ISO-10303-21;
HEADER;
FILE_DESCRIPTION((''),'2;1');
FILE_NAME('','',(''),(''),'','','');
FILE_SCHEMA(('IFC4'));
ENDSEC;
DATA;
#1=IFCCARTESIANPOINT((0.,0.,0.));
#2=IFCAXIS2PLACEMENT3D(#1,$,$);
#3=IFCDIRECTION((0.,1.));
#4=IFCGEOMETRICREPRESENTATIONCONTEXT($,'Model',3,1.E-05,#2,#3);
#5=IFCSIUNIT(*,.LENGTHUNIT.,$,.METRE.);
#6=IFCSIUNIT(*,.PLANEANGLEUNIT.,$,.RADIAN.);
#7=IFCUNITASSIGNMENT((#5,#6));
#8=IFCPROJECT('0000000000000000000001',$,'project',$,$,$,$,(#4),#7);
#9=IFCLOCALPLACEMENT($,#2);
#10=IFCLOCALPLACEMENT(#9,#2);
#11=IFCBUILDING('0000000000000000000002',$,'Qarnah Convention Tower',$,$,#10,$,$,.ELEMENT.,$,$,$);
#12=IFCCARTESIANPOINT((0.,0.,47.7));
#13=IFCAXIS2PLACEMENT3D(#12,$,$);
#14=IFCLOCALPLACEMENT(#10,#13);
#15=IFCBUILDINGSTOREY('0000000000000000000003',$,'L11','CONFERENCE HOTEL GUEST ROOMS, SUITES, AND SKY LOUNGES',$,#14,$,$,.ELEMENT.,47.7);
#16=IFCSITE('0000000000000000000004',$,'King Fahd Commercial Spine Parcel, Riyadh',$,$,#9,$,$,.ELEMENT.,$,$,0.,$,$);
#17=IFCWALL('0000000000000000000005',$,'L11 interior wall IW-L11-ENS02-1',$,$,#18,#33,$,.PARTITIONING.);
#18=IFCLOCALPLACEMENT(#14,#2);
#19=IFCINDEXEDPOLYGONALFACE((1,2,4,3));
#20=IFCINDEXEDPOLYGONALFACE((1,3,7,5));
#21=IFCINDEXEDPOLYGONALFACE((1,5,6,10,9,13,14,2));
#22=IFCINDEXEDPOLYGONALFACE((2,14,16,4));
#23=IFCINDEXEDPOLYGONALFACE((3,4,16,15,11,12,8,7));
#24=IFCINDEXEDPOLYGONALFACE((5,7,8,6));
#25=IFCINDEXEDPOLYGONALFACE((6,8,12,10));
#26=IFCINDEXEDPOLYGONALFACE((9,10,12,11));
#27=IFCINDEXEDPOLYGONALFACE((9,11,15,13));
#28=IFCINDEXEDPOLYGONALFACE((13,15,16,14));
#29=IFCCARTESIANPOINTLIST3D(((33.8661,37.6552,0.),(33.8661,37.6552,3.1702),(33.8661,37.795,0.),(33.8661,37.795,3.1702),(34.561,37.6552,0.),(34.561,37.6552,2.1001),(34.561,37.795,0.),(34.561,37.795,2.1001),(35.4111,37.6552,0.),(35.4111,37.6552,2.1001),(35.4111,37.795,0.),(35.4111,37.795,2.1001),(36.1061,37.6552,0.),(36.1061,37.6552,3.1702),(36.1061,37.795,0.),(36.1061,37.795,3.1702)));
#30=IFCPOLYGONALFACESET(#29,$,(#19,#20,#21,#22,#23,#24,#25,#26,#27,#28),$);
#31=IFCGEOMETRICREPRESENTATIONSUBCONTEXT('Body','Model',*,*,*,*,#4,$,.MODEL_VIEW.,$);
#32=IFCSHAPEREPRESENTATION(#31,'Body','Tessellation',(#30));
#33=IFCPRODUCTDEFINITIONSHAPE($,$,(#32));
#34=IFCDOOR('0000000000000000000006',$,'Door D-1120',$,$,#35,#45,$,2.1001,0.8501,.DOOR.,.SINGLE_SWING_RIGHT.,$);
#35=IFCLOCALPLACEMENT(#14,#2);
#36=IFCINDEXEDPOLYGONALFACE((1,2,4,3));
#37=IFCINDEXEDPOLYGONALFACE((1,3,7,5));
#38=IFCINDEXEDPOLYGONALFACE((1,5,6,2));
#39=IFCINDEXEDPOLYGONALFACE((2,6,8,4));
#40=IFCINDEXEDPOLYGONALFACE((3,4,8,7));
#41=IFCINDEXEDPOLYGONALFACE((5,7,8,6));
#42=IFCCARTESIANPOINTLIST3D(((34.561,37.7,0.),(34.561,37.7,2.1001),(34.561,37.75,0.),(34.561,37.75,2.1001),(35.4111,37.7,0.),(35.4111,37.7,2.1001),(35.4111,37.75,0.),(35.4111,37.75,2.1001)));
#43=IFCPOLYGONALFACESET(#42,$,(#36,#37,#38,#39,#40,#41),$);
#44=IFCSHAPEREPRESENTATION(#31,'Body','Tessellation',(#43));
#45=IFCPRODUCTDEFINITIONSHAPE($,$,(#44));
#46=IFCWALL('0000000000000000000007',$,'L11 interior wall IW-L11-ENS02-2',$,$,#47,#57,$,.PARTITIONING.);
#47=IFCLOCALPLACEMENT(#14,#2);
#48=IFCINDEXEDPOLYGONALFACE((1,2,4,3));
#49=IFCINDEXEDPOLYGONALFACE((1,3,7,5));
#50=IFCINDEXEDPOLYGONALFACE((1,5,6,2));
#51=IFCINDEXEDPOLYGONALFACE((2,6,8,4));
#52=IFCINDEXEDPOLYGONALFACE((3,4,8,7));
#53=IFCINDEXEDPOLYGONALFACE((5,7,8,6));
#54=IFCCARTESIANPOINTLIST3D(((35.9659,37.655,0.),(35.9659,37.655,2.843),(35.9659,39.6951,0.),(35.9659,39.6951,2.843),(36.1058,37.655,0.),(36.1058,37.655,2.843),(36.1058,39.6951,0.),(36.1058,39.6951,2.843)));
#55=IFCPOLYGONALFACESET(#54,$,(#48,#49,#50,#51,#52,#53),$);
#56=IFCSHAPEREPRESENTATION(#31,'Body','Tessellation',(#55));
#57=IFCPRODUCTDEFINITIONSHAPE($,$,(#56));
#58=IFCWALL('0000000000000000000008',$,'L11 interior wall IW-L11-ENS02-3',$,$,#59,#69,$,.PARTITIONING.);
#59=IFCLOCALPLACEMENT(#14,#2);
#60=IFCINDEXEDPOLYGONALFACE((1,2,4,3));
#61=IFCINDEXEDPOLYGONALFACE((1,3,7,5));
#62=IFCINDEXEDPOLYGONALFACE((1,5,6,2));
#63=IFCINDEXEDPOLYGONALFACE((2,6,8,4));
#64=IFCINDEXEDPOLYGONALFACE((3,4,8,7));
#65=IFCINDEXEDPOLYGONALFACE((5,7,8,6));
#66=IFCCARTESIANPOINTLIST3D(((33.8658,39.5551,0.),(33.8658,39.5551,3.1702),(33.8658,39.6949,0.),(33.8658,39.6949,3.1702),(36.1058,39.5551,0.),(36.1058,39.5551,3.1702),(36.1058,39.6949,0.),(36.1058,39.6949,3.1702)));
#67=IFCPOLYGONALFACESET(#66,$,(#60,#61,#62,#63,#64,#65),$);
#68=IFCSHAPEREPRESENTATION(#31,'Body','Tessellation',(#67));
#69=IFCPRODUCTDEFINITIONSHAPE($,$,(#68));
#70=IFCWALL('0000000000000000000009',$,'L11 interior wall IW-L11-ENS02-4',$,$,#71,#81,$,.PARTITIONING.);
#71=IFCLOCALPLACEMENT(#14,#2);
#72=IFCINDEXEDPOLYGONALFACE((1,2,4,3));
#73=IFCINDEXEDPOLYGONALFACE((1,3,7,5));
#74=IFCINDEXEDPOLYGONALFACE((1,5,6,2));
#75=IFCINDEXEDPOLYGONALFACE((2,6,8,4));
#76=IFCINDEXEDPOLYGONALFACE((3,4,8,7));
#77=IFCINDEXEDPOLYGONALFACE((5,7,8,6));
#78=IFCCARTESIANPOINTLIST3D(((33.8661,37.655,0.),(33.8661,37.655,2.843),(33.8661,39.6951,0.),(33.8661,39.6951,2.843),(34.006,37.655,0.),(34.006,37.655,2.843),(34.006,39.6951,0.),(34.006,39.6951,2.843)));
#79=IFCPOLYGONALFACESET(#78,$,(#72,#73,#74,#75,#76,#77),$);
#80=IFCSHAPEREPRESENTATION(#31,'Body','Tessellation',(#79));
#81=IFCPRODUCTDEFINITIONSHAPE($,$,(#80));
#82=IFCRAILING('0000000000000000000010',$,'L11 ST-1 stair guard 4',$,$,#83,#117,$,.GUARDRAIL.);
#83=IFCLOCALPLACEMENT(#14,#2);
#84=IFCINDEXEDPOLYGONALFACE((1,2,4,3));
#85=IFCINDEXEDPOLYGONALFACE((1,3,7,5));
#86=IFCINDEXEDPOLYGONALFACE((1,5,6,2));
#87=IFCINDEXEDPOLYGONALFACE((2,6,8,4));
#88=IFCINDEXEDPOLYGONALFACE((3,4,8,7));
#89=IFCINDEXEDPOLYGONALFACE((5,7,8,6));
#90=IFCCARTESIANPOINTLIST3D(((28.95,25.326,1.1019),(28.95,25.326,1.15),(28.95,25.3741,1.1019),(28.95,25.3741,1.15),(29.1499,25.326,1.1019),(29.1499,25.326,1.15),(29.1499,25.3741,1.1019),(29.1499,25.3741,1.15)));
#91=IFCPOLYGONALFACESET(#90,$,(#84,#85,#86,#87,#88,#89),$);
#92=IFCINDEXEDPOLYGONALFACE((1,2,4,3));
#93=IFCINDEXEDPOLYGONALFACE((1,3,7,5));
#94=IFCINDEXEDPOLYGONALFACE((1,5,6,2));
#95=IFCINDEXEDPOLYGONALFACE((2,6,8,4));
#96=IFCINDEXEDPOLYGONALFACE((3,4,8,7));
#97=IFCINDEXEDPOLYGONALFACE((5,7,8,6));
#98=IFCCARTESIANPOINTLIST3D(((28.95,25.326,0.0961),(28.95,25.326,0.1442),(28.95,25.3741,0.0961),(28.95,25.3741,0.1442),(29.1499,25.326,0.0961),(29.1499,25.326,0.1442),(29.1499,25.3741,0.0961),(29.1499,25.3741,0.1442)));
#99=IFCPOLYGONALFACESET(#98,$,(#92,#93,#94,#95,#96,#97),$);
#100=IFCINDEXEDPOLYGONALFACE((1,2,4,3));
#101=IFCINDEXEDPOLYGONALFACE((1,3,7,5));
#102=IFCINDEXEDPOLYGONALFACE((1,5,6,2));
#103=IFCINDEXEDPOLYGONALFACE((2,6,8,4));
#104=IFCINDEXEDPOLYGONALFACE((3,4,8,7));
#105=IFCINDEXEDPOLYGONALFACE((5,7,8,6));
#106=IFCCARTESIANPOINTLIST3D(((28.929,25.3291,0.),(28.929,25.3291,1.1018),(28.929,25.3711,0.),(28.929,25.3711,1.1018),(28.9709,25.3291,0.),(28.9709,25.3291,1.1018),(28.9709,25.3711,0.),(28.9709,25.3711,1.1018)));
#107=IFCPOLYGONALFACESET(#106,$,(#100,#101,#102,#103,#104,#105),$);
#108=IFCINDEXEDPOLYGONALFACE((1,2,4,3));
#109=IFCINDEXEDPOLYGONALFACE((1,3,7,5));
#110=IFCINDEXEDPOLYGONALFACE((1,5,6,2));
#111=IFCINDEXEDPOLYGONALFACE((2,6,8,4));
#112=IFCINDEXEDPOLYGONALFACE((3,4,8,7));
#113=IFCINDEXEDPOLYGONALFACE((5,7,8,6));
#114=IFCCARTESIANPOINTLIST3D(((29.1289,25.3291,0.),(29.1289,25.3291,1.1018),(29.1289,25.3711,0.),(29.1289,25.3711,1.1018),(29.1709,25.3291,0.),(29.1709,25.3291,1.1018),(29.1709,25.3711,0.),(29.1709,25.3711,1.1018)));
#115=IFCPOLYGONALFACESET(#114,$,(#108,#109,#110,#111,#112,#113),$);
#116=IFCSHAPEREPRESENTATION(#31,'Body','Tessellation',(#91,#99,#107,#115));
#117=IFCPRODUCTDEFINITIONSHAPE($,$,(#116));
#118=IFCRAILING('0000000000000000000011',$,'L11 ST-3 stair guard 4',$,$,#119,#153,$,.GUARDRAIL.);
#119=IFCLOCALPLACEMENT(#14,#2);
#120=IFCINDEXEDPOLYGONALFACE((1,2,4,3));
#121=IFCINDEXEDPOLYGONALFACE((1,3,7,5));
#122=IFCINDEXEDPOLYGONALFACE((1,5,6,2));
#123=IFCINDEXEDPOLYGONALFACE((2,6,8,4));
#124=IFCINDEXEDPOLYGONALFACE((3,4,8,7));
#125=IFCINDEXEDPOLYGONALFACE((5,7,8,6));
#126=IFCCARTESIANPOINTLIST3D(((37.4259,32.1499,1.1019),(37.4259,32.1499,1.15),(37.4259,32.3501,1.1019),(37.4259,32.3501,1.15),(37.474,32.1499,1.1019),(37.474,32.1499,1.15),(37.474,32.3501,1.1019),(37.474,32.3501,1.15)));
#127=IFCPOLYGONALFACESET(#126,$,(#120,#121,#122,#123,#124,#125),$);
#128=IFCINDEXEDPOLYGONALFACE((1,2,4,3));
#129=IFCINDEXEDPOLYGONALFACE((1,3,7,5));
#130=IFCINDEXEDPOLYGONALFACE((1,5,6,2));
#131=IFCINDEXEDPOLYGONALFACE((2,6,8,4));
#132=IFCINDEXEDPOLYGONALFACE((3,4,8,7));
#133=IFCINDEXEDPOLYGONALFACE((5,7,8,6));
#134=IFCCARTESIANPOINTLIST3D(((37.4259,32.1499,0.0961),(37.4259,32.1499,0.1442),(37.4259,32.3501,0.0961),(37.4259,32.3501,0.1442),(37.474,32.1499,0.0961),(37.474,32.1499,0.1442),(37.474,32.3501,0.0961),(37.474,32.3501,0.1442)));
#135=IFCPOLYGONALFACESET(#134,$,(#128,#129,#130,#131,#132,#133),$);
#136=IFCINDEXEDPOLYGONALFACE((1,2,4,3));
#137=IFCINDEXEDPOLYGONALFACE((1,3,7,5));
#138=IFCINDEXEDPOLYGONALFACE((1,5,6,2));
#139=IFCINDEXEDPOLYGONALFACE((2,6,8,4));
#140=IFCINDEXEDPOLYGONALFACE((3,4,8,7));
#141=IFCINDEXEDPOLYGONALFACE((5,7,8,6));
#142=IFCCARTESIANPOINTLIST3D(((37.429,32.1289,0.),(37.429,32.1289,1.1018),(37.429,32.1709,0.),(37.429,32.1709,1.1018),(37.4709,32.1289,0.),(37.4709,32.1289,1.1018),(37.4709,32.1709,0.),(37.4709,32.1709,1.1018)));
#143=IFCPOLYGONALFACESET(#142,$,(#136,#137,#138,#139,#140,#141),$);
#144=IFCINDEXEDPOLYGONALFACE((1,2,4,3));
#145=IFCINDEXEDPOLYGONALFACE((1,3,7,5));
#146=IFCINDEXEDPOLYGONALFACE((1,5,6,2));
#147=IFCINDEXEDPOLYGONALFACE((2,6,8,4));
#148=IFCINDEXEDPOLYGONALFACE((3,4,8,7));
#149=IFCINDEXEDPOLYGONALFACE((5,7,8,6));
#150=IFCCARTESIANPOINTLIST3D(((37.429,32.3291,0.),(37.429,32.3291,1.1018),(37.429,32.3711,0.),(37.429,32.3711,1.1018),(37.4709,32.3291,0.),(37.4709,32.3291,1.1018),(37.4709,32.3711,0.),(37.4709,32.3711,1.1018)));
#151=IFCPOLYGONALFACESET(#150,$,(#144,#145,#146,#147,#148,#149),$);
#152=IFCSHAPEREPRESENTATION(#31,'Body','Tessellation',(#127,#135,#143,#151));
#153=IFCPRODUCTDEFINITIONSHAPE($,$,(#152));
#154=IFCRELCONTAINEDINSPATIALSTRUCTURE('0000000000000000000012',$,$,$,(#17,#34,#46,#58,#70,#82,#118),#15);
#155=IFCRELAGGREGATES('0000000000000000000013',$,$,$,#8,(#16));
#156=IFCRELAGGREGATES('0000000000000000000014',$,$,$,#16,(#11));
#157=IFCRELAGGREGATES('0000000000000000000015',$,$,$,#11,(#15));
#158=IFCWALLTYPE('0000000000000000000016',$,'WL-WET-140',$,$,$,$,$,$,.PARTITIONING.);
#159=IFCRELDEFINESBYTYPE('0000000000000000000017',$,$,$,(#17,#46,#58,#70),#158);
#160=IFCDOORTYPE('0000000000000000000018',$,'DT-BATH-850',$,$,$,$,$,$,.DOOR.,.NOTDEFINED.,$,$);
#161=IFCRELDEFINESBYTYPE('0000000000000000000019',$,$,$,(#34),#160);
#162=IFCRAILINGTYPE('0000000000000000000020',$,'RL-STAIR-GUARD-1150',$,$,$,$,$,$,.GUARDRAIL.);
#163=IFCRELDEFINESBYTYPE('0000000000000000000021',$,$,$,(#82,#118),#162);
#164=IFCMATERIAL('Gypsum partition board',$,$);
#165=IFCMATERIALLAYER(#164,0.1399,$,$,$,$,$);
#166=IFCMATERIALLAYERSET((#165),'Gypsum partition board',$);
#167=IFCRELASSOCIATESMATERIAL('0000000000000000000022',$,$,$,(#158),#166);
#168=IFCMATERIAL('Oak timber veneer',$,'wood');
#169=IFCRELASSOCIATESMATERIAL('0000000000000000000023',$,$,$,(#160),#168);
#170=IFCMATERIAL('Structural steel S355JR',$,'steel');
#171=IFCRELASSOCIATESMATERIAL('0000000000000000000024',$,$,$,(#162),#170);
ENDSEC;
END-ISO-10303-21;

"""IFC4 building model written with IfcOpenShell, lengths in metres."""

from ifc_helpers import new_model, si_unit, direction, frame, frame_2d, origin, origin_2d, place, context, subcontext, project, spatial, rectangle, extrude, material, layer, layer_set, type_object, element, fill, save


model = new_model("IFC4")

# Units and contexts
model_context = context("Model", 3, precision=1e-05, world=origin(), true_north=direction((0.0, 1.0)))
body_context = subcontext(model_context, "Body", "Model", "MODEL_VIEW")
ifc_project = project(units=[si_unit("LENGTHUNIT", "METRE"), si_unit("PLANEANGLEUNIT", "RADIAN")], contexts=[model_context])

# Site, building, storey
site_placement = place(None, origin())
site = spatial("IfcSite", under=ifc_project, at=site_placement, Name="King Fahd Commercial Spine Parcel, Riyadh", CompositionType="ELEMENT", RefElevation=0.0)
building_placement = place(site_placement, origin())
building = spatial("IfcBuilding", under=site, at=building_placement, Name="Qarnah Convention Tower", CompositionType="ELEMENT")
storey_placement = place(building_placement, frame((0.0, 0.0, 47.7)))
storey = spatial("IfcBuildingStorey", under=building, at=storey_placement, Name="L11", Description="CONFERENCE HOTEL GUEST ROOMS, SUITES, AND SKY LOUNGES", CompositionType="ELEMENT", Elevation=47.7)

# Shared definitions
ifc_material_1 = material(Name="Structural steel S355JR", Category="steel")

# Wall, opening, door
ifc_material_2 = material(Name="Gypsum partition board")
ifc_material_3 = material(Name="Oak timber veneer", Category="wood")
ifc_layer_1 = layer(ifc_material_2, 0.1399)
ifc_layer_set_1 = layer_set([ifc_layer_1], Name="Gypsum partition board")
wall_type_1 = type_object("IfcWallType", Name="WL-WET-140", PredefinedType="PARTITIONING", material=ifc_layer_set_1)
wall_1_placement = place(storey_placement, frame((33.866, 37.7251, 0.0), z_axis=(0.0, 0.0, 1.0), x_axis=(1.0, 0.0, 0.0)))
wall_1 = element("IfcWall", 1, at=wall_1_placement, inside=storey, type_object=wall_type_1, Name="L11 interior wall IW-L11-ENS02-1", PredefinedType="PARTITIONING", context=body_context, shape_type="SweptSolid", body=[
    extrude(rectangle(XDim=2.24, YDim=0.1399, at=frame_2d((1.1201, 0.0))), origin(), (0.0, 0.0, 1.0), 3.1702),
])
opening_1_placement = place(wall_1_placement, frame((0.6951, 0.0, 0.0)))
opening_1 = element("IfcOpeningElement", 2, at=opening_1_placement, cuts=wall_1, PredefinedType="OPENING", context=body_context, shape_type="SweptSolid", body=[
    extrude(rectangle(XDim=0.8501, YDim=2.1001, at=frame_2d((0.425, 1.05))), frame((0.0, 0.0798, 0.0), z_axis=(0.0, -1.0, 0.0), x_axis=(1.0, 0.0, 0.0)), (0.0, 0.0, 1.0), 0.1599),
])
door_type_1 = type_object("IfcDoorType", Name="DT-BATH-850", OperationType="NOTDEFINED", PredefinedType="DOOR", material=ifc_material_3)
door_1_placement = place(opening_1_placement, origin())
door_1 = element("IfcDoor", 3, at=door_1_placement, inside=storey, type_object=door_type_1, Name="Door D-1120", OperationType="SINGLE_SWING_RIGHT", OverallHeight=2.1001, OverallWidth=0.8501, PredefinedType="DOOR", context=body_context, shape_type="SweptSolid", body=[
    extrude(rectangle(XDim=0.8501, YDim=2.1001, at=frame_2d((0.425, 1.05))), frame((0.0, 0.0249, 0.0), z_axis=(0.0, -1.0, 0.0), x_axis=(1.0, 0.0, 0.0)), (0.0, 0.0, 1.0), 0.05),
])
fill(opening_1, door_1)

# Walls
wall_2_placement = place(storey_placement, frame((36.0359, 37.655, 0.0), z_axis=(0.0, 0.0, 1.0), x_axis=(0.0, 1.0, 0.0)))
element("IfcWall", 4, at=wall_2_placement, inside=storey, type_object=wall_type_1, Name="L11 interior wall IW-L11-ENS02-2", PredefinedType="PARTITIONING", context=body_context, shape_type="SweptSolid", body=[
    extrude(rectangle(XDim=2.04, YDim=0.1399, at=frame_2d((1.02, 0.0))), origin(), (0.0, 0.0, 1.0), 2.843),
])
wall_3_placement = place(storey_placement, frame((36.106, 39.625, 0.0), z_axis=(0.0, 0.0, 1.0), x_axis=(-1.0, 0.0, 0.0)))
element("IfcWall", 5, at=wall_3_placement, inside=storey, type_object=wall_type_1, Name="L11 interior wall IW-L11-ENS02-3", PredefinedType="PARTITIONING", context=body_context, shape_type="SweptSolid", body=[
    extrude(rectangle(XDim=2.24, YDim=0.1399, at=frame_2d((1.1201, 0.0))), origin(), (0.0, 0.0, 1.0), 3.1702),
])
wall_4_placement = place(storey_placement, frame((33.936, 39.6951, 0.0), z_axis=(0.0, 0.0, 1.0), x_axis=(0.0, -1.0, 0.0)))
element("IfcWall", 6, at=wall_4_placement, inside=storey, type_object=wall_type_1, Name="L11 interior wall IW-L11-ENS02-4", PredefinedType="PARTITIONING", context=body_context, shape_type="SweptSolid", body=[
    extrude(rectangle(XDim=2.04, YDim=0.1399, at=frame_2d((1.02, 0.0))), origin(), (0.0, 0.0, 1.0), 2.843),
])

# Railings
railing_type = type_object("IfcRailingType", Name="RL-STAIR-GUARD-1150", PredefinedType="GUARDRAIL", material=ifc_material_1)
railing_1_placement = place(storey_placement, frame((28.95, 25.3501, 0.0)))
element("IfcRailing", 7, at=railing_1_placement, inside=storey, type_object=railing_type, Name="L11 ST-1 stair guard 4", PredefinedType="GUARDRAIL", context=body_context, shape_type="SweptSolid", body=[
    extrude(rectangle(XDim=0.0481, YDim=0.0481, at=origin_2d()), frame((0.0, 0.0, 1.126), z_axis=(1.0, 0.0, 0.0), x_axis=(0.0, 1.0, 0.0)), (0.0, 0.0, 1.0), 0.2),
    extrude(rectangle(XDim=0.0481, YDim=0.0481, at=origin_2d()), frame((0.0, 0.0, 0.1201), z_axis=(1.0, 0.0, 0.0), x_axis=(0.0, 1.0, 0.0)), (0.0, 0.0, 1.0), 0.2),
    extrude(rectangle(XDim=0.042, YDim=0.042, at=origin_2d()), origin(), (0.0, 0.0, 1.0), 1.1018),
    extrude(rectangle(XDim=0.042, YDim=0.042, at=origin_2d()), frame((0.2, 0.0, 0.0)), (0.0, 0.0, 1.0), 1.1018),
])
railing_2_placement = place(storey_placement, frame((37.45, 32.1499, 0.0)))
element("IfcRailing", 8, at=railing_2_placement, inside=storey, type_object=railing_type, Name="L11 ST-3 stair guard 4", PredefinedType="GUARDRAIL", context=body_context, shape_type="SweptSolid", body=[
    extrude(rectangle(XDim=0.0481, YDim=0.0481, at=origin_2d()), frame((0.0, 0.0, 1.126), z_axis=(0.0, 1.0, 0.0), x_axis=(-1.0, 0.0, 0.0)), (0.0, 0.0, 1.0), 0.2002),
    extrude(rectangle(XDim=0.0481, YDim=0.0481, at=origin_2d()), frame((0.0, 0.0, 0.1201), z_axis=(0.0, 1.0, 0.0), x_axis=(-1.0, 0.0, 0.0)), (0.0, 0.0, 1.0), 0.2002),
    extrude(rectangle(XDim=0.042, YDim=0.042, at=origin_2d()), origin(), (0.0, 0.0, 1.0), 1.1018),
    extrude(rectangle(XDim=0.042, YDim=0.042, at=origin_2d()), frame((0.0, 0.2002, 0.0)), (0.0, 0.0, 1.0), 1.1018),
])

save(model, "model.ifc")
